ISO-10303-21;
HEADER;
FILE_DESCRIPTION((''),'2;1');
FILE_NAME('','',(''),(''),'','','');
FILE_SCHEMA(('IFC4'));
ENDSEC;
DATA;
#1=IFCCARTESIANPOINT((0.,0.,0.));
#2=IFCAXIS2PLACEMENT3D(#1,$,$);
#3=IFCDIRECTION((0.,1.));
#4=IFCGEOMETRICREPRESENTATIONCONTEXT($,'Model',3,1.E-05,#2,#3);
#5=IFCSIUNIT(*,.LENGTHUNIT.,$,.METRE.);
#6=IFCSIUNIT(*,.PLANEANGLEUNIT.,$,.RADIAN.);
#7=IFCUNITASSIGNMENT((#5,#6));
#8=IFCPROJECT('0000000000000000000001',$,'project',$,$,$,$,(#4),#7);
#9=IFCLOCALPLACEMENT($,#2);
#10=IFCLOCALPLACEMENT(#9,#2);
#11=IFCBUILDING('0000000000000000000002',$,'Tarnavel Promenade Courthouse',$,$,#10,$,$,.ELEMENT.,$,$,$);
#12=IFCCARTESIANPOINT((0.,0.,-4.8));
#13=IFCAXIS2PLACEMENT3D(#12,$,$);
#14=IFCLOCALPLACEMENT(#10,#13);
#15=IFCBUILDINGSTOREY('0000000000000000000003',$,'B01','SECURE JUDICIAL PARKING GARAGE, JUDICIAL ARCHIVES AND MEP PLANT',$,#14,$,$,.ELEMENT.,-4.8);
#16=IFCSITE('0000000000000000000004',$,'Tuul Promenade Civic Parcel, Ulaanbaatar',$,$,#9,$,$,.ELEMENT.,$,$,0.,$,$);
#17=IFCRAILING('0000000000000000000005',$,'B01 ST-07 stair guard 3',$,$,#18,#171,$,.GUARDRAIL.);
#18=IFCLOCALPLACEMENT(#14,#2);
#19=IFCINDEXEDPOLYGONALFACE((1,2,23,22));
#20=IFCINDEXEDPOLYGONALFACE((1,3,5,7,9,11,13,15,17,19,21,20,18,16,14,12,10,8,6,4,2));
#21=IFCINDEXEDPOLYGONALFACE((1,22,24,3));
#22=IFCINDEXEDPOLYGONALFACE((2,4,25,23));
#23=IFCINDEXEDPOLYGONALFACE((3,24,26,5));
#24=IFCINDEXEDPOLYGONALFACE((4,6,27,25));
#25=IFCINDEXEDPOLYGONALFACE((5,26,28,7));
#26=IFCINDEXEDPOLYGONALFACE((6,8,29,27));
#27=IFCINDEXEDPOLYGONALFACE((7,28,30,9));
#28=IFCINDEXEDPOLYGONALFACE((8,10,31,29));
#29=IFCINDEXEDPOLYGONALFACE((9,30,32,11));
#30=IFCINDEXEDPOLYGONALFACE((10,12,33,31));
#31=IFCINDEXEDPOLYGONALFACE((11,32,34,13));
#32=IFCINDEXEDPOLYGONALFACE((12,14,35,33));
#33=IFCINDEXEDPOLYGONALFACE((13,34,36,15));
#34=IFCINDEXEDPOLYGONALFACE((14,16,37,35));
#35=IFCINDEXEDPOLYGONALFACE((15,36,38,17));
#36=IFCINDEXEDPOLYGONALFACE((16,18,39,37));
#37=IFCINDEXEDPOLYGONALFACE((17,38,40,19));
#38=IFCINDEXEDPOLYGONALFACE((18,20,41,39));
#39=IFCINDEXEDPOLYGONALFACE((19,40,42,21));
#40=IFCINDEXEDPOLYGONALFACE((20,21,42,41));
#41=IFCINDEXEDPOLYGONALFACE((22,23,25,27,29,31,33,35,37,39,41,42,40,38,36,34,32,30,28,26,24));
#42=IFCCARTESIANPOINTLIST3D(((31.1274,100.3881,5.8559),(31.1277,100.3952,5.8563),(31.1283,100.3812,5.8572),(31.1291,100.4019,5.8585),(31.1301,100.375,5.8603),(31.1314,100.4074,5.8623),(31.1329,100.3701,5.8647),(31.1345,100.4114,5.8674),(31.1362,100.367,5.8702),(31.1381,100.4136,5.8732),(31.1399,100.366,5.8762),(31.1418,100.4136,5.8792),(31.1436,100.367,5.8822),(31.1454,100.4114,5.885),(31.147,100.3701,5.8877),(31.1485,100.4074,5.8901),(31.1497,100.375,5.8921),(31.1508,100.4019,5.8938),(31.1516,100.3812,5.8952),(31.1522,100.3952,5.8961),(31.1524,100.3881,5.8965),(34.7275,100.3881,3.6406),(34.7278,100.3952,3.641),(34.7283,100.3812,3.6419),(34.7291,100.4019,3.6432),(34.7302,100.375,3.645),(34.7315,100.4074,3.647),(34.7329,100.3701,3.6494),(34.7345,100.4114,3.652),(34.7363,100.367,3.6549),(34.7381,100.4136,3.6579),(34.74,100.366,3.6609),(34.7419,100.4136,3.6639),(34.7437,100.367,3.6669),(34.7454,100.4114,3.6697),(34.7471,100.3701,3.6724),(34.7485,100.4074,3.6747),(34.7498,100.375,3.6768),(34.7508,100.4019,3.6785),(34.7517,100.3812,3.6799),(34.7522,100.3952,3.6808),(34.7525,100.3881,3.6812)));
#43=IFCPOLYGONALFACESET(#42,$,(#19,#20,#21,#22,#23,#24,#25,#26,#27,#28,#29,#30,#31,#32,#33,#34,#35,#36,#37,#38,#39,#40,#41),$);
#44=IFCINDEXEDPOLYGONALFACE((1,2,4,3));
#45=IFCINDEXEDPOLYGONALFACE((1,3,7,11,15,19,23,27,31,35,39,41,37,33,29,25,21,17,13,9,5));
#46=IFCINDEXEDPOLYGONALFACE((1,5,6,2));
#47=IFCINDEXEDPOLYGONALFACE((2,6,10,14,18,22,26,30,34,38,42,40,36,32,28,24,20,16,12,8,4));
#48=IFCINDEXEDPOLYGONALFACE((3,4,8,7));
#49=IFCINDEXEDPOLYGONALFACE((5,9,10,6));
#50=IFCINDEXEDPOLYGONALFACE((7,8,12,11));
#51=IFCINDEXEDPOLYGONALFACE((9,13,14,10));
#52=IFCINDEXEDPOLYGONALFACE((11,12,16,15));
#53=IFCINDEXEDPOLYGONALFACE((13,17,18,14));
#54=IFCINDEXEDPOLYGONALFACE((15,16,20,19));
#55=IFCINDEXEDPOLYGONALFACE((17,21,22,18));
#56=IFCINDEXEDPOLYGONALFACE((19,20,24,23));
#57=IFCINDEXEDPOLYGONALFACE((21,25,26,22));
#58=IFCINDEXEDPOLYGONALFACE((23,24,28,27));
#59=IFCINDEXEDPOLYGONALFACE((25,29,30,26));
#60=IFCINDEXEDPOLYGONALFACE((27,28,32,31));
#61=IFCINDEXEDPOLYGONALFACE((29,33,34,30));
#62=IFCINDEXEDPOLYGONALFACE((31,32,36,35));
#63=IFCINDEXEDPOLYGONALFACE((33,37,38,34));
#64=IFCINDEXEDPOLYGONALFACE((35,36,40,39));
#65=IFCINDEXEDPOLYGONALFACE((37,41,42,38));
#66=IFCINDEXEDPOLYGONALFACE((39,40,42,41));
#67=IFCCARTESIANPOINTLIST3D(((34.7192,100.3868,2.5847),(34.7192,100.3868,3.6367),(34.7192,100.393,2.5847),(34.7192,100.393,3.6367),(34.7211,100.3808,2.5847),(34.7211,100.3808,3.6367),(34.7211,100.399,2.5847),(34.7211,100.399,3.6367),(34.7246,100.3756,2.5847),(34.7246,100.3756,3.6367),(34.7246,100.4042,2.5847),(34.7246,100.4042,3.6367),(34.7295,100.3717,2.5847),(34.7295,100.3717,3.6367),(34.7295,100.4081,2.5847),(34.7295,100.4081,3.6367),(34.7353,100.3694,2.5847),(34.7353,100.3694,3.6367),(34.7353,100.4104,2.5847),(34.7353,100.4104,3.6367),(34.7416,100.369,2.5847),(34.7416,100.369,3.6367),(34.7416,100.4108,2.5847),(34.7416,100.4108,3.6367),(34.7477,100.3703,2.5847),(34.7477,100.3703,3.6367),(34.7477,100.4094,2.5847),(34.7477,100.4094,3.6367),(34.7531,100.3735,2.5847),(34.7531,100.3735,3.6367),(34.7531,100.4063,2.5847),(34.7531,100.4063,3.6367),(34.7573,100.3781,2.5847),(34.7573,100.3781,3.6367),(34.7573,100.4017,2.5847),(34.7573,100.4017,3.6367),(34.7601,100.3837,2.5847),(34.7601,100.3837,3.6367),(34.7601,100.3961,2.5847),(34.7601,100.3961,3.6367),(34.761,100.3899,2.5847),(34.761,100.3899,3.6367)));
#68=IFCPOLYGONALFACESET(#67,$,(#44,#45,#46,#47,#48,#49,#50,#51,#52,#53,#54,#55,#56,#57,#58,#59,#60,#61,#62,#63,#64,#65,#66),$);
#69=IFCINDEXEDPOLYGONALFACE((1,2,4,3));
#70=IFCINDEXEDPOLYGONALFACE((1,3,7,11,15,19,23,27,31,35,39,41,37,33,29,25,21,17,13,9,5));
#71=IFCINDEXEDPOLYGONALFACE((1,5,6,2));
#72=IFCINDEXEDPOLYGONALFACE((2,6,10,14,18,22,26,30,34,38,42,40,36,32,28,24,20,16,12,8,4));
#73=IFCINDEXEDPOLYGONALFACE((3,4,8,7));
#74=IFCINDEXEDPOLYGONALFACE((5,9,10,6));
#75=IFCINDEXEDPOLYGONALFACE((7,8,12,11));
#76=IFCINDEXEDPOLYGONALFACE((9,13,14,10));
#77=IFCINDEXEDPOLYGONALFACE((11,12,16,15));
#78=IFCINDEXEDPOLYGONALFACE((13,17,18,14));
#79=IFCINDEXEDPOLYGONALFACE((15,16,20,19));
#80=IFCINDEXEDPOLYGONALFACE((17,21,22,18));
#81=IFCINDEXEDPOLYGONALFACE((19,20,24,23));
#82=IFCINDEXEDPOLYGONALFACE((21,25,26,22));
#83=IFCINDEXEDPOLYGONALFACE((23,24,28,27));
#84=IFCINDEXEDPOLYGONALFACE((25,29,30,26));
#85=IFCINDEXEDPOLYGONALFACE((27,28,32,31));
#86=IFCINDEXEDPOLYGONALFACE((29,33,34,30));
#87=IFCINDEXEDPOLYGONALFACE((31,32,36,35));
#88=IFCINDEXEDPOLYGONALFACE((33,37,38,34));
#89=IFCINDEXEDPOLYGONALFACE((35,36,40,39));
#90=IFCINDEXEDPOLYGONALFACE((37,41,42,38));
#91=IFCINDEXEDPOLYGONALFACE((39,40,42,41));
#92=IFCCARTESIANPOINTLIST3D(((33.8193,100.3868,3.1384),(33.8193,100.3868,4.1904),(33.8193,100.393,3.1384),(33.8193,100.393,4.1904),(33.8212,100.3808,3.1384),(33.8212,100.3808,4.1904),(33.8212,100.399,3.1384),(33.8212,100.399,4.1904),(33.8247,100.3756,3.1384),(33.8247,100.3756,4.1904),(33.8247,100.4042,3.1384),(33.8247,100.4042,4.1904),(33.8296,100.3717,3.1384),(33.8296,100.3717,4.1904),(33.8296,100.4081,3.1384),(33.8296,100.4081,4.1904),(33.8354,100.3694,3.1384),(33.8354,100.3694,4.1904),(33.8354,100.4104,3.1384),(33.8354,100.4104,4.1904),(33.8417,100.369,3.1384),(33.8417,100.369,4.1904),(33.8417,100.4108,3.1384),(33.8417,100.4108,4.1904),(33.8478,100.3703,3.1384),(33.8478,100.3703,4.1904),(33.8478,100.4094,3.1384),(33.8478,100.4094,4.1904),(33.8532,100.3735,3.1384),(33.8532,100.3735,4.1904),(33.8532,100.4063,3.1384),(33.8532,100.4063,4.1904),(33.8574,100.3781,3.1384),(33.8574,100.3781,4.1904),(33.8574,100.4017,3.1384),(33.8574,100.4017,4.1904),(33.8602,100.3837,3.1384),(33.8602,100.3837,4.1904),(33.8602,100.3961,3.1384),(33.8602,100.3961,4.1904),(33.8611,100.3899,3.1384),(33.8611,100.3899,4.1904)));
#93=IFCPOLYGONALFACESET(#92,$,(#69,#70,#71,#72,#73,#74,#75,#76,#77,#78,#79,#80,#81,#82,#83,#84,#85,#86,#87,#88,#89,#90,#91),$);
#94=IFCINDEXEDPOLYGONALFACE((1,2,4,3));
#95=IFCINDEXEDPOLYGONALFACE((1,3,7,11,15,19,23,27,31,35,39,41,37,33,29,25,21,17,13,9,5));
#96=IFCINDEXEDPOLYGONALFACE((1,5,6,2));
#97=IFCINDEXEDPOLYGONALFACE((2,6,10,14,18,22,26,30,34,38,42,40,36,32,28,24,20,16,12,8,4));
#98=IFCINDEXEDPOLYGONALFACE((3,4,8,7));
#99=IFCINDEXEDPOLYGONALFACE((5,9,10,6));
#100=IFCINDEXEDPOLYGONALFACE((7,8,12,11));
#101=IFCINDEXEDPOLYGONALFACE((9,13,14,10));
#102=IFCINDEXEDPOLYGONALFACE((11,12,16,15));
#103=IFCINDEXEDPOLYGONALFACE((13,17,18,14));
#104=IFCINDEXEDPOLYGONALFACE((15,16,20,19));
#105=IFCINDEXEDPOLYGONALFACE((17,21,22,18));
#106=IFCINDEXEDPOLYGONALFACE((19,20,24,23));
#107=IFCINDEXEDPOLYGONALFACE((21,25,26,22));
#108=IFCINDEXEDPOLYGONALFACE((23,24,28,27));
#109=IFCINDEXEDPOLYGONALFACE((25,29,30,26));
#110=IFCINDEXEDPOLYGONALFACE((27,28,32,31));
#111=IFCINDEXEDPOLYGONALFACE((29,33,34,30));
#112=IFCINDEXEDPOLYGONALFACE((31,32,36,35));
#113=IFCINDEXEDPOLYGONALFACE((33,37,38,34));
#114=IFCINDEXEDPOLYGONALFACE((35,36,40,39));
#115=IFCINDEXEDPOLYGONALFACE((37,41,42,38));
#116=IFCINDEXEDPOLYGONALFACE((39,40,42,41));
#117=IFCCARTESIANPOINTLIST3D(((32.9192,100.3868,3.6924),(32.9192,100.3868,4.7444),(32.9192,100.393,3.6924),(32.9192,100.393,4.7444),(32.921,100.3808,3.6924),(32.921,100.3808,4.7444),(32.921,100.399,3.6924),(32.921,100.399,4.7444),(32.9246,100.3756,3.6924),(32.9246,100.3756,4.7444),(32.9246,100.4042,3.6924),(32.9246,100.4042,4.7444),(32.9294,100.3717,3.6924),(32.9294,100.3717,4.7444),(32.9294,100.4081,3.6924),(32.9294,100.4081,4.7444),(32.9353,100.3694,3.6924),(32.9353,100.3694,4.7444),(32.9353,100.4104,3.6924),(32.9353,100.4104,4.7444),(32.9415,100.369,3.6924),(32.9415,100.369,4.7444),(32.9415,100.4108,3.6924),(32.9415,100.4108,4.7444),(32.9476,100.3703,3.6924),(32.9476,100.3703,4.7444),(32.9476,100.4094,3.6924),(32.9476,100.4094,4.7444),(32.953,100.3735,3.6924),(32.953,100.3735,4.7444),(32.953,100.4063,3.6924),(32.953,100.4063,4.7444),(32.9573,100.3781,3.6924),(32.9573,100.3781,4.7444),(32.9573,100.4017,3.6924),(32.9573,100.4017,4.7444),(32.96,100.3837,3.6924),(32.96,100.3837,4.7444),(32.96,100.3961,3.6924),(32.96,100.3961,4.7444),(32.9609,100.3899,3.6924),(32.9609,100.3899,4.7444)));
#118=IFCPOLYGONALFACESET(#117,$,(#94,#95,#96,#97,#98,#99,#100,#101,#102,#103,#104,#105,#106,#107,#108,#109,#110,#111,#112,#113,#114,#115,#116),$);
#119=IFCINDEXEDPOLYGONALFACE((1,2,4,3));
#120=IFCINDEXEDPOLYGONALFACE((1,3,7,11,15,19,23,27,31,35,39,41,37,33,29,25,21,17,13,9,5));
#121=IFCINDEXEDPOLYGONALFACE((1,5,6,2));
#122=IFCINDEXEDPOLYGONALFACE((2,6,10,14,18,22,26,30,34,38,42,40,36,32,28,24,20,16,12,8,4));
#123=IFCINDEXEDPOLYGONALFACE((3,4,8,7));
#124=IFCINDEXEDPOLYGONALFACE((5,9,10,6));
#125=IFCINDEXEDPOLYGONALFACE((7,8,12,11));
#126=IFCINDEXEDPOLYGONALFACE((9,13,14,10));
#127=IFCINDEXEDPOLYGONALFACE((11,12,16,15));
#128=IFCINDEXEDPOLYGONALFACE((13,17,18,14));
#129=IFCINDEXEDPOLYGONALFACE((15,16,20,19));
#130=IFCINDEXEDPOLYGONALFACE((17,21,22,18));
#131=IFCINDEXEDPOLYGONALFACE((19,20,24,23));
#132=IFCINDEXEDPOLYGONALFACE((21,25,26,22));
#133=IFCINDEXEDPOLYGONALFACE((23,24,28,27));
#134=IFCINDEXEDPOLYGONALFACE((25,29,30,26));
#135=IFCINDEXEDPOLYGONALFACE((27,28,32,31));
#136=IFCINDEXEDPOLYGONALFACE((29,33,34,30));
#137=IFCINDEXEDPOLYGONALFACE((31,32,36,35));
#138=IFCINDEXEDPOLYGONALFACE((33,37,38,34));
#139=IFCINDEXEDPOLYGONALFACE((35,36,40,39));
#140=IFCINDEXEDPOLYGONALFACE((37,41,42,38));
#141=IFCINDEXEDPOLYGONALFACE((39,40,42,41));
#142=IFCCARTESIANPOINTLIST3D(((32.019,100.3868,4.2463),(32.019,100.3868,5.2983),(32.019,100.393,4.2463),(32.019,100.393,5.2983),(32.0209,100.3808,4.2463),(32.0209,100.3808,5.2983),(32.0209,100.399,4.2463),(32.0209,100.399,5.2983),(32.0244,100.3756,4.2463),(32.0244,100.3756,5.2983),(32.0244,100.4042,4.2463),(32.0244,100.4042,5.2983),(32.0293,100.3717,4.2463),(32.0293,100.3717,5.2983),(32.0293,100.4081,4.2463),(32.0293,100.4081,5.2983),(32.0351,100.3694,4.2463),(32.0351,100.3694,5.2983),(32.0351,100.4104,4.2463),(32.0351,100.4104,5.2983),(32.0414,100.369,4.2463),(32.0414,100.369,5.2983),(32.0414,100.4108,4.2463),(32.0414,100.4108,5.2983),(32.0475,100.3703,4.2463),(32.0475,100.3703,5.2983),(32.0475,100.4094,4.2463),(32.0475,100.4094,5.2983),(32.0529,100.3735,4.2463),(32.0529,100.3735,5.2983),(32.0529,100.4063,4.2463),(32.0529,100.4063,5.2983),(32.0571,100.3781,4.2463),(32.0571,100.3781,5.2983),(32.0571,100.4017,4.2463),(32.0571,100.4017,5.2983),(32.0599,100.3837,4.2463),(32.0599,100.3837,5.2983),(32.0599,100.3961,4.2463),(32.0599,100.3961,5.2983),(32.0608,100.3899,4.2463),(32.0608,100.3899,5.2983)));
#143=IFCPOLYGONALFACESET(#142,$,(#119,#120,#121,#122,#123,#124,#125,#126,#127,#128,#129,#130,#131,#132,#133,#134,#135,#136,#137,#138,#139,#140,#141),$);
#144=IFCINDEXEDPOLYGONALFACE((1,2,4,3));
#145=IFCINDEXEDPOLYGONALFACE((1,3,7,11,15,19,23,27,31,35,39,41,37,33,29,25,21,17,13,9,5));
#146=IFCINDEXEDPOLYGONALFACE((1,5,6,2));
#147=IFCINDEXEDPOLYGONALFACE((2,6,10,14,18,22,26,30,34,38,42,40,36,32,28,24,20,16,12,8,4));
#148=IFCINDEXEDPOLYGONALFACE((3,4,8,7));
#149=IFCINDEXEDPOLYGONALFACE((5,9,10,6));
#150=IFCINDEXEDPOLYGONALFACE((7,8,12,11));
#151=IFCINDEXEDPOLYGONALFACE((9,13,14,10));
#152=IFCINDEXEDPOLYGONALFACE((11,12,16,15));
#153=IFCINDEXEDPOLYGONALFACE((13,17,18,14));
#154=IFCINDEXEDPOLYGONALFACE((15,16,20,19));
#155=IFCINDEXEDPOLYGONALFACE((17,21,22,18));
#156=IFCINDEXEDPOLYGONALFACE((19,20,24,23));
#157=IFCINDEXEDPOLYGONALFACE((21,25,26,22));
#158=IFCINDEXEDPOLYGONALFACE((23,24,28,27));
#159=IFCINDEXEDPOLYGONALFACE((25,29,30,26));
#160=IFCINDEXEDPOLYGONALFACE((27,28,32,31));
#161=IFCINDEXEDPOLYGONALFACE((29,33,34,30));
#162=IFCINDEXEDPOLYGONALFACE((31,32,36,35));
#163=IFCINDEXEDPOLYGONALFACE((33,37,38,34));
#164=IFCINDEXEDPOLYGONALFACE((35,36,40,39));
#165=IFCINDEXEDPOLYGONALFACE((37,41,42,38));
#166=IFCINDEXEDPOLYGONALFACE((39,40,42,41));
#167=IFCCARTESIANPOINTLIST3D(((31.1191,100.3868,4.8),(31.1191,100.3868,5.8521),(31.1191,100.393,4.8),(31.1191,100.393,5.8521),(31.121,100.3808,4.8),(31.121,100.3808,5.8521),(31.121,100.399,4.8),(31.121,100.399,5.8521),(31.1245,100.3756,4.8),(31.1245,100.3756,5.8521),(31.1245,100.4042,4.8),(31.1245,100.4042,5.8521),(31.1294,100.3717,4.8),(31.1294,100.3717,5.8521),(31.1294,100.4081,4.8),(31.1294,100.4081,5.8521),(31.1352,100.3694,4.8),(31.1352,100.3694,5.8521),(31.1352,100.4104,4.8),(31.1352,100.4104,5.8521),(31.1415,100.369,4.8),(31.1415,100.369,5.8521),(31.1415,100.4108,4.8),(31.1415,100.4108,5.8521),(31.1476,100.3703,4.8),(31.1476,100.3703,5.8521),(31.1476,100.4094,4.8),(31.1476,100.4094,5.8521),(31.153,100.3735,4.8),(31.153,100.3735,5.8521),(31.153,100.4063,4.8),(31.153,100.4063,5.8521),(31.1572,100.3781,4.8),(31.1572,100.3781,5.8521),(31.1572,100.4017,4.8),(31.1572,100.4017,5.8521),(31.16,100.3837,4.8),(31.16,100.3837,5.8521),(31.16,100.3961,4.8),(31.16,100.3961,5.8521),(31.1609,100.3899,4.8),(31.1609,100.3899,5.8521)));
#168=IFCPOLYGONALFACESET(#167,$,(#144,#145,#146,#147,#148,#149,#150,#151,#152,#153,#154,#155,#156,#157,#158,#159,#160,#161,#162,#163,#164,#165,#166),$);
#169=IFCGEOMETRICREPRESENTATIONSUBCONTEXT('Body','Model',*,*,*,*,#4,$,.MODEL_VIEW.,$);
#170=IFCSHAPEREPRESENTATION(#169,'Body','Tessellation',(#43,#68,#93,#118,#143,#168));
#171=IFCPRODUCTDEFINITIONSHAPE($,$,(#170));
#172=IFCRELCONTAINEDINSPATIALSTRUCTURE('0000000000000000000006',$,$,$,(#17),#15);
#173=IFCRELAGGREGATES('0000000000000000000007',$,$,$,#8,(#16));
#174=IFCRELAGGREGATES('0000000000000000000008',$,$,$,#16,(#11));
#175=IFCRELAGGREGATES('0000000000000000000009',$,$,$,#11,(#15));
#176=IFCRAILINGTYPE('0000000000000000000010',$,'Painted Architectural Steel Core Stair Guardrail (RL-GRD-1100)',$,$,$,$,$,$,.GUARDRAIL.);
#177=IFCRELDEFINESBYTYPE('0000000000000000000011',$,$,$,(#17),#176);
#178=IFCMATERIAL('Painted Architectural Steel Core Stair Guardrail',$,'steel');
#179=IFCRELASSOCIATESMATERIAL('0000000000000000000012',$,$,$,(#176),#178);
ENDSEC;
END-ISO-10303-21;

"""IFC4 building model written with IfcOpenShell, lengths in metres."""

from ifc_helpers import new_model, si_unit, direction, frame, origin, origin_2d, place, context, subcontext, project, spatial, circle, extrude, material, type_object, element, save


model = new_model("IFC4")

# Units and contexts
model_context = context("Model", 3, precision=1e-05, world=origin(), true_north=direction((0.0, 1.0)))
body_context = subcontext(model_context, "Body", "Model", "MODEL_VIEW")
ifc_project = project(units=[si_unit("LENGTHUNIT", "METRE"), si_unit("PLANEANGLEUNIT", "RADIAN")], contexts=[model_context])

# Site, building, storey
site_placement = place(None, origin())
site = spatial("IfcSite", under=ifc_project, at=site_placement, Name="Tuul Promenade Civic Parcel, Ulaanbaatar", CompositionType="ELEMENT", RefElevation=0.0)
building_placement = place(site_placement, origin())
building = spatial("IfcBuilding", under=site, at=building_placement, Name="Tarnavel Promenade Courthouse", CompositionType="ELEMENT")
storey_placement = place(building_placement, frame((0.0, 0.0, -4.8)))
storey = spatial("IfcBuildingStorey", under=building, at=storey_placement, Name="B01", Description="SECURE JUDICIAL PARKING GARAGE, JUDICIAL ARCHIVES AND MEP PLANT", CompositionType="ELEMENT", Elevation=-4.8)

# Railing
ifc_material_1 = material(Name="Painted Architectural Steel Core Stair Guardrail", Category="steel")
railing_type_1 = type_object("IfcRailingType", Name="Painted Architectural Steel Core Stair Guardrail (RL-GRD-1100)", PredefinedType="GUARDRAIL", material=ifc_material_1)
railing_1_placement = place(storey_placement, frame((34.74, 100.3899, 2.5847)))
element("IfcRailing", 1, at=railing_1_placement, inside=storey, type_object=railing_type_1, Name="B01 ST-07 stair guard 3", PredefinedType="GUARDRAIL", context=body_context, shape_type="SweptSolid", body=[
    extrude(circle(Radius=0.0239, at=origin_2d()), frame((0.0, 0.0, 1.0762), z_axis=(-0.85167, 0.0, 0.524078), x_axis=(0.0, -1.0, 0.0)), (0.0, 0.0, 1.0), 4.2271),
    extrude(circle(Radius=0.021, at=origin_2d()), origin(), (0.0, 0.0, 1.0), 1.052),
    extrude(circle(Radius=0.021, at=origin_2d()), frame((-0.8999, 0.0, 0.5537)), (0.0, 0.0, 1.0), 1.052),
    extrude(circle(Radius=0.021, at=origin_2d()), frame((-1.8, 0.0, 1.1077)), (0.0, 0.0, 1.0), 1.052),
    extrude(circle(Radius=0.021, at=origin_2d()), frame((-2.7002, 0.0, 1.6616)), (0.0, 0.0, 1.0), 1.052),
    extrude(circle(Radius=0.021, at=origin_2d()), frame((-3.6001, 0.0, 2.2153)), (0.0, 0.0, 1.0), 1.052),
])

save(model, "model.ifc")
